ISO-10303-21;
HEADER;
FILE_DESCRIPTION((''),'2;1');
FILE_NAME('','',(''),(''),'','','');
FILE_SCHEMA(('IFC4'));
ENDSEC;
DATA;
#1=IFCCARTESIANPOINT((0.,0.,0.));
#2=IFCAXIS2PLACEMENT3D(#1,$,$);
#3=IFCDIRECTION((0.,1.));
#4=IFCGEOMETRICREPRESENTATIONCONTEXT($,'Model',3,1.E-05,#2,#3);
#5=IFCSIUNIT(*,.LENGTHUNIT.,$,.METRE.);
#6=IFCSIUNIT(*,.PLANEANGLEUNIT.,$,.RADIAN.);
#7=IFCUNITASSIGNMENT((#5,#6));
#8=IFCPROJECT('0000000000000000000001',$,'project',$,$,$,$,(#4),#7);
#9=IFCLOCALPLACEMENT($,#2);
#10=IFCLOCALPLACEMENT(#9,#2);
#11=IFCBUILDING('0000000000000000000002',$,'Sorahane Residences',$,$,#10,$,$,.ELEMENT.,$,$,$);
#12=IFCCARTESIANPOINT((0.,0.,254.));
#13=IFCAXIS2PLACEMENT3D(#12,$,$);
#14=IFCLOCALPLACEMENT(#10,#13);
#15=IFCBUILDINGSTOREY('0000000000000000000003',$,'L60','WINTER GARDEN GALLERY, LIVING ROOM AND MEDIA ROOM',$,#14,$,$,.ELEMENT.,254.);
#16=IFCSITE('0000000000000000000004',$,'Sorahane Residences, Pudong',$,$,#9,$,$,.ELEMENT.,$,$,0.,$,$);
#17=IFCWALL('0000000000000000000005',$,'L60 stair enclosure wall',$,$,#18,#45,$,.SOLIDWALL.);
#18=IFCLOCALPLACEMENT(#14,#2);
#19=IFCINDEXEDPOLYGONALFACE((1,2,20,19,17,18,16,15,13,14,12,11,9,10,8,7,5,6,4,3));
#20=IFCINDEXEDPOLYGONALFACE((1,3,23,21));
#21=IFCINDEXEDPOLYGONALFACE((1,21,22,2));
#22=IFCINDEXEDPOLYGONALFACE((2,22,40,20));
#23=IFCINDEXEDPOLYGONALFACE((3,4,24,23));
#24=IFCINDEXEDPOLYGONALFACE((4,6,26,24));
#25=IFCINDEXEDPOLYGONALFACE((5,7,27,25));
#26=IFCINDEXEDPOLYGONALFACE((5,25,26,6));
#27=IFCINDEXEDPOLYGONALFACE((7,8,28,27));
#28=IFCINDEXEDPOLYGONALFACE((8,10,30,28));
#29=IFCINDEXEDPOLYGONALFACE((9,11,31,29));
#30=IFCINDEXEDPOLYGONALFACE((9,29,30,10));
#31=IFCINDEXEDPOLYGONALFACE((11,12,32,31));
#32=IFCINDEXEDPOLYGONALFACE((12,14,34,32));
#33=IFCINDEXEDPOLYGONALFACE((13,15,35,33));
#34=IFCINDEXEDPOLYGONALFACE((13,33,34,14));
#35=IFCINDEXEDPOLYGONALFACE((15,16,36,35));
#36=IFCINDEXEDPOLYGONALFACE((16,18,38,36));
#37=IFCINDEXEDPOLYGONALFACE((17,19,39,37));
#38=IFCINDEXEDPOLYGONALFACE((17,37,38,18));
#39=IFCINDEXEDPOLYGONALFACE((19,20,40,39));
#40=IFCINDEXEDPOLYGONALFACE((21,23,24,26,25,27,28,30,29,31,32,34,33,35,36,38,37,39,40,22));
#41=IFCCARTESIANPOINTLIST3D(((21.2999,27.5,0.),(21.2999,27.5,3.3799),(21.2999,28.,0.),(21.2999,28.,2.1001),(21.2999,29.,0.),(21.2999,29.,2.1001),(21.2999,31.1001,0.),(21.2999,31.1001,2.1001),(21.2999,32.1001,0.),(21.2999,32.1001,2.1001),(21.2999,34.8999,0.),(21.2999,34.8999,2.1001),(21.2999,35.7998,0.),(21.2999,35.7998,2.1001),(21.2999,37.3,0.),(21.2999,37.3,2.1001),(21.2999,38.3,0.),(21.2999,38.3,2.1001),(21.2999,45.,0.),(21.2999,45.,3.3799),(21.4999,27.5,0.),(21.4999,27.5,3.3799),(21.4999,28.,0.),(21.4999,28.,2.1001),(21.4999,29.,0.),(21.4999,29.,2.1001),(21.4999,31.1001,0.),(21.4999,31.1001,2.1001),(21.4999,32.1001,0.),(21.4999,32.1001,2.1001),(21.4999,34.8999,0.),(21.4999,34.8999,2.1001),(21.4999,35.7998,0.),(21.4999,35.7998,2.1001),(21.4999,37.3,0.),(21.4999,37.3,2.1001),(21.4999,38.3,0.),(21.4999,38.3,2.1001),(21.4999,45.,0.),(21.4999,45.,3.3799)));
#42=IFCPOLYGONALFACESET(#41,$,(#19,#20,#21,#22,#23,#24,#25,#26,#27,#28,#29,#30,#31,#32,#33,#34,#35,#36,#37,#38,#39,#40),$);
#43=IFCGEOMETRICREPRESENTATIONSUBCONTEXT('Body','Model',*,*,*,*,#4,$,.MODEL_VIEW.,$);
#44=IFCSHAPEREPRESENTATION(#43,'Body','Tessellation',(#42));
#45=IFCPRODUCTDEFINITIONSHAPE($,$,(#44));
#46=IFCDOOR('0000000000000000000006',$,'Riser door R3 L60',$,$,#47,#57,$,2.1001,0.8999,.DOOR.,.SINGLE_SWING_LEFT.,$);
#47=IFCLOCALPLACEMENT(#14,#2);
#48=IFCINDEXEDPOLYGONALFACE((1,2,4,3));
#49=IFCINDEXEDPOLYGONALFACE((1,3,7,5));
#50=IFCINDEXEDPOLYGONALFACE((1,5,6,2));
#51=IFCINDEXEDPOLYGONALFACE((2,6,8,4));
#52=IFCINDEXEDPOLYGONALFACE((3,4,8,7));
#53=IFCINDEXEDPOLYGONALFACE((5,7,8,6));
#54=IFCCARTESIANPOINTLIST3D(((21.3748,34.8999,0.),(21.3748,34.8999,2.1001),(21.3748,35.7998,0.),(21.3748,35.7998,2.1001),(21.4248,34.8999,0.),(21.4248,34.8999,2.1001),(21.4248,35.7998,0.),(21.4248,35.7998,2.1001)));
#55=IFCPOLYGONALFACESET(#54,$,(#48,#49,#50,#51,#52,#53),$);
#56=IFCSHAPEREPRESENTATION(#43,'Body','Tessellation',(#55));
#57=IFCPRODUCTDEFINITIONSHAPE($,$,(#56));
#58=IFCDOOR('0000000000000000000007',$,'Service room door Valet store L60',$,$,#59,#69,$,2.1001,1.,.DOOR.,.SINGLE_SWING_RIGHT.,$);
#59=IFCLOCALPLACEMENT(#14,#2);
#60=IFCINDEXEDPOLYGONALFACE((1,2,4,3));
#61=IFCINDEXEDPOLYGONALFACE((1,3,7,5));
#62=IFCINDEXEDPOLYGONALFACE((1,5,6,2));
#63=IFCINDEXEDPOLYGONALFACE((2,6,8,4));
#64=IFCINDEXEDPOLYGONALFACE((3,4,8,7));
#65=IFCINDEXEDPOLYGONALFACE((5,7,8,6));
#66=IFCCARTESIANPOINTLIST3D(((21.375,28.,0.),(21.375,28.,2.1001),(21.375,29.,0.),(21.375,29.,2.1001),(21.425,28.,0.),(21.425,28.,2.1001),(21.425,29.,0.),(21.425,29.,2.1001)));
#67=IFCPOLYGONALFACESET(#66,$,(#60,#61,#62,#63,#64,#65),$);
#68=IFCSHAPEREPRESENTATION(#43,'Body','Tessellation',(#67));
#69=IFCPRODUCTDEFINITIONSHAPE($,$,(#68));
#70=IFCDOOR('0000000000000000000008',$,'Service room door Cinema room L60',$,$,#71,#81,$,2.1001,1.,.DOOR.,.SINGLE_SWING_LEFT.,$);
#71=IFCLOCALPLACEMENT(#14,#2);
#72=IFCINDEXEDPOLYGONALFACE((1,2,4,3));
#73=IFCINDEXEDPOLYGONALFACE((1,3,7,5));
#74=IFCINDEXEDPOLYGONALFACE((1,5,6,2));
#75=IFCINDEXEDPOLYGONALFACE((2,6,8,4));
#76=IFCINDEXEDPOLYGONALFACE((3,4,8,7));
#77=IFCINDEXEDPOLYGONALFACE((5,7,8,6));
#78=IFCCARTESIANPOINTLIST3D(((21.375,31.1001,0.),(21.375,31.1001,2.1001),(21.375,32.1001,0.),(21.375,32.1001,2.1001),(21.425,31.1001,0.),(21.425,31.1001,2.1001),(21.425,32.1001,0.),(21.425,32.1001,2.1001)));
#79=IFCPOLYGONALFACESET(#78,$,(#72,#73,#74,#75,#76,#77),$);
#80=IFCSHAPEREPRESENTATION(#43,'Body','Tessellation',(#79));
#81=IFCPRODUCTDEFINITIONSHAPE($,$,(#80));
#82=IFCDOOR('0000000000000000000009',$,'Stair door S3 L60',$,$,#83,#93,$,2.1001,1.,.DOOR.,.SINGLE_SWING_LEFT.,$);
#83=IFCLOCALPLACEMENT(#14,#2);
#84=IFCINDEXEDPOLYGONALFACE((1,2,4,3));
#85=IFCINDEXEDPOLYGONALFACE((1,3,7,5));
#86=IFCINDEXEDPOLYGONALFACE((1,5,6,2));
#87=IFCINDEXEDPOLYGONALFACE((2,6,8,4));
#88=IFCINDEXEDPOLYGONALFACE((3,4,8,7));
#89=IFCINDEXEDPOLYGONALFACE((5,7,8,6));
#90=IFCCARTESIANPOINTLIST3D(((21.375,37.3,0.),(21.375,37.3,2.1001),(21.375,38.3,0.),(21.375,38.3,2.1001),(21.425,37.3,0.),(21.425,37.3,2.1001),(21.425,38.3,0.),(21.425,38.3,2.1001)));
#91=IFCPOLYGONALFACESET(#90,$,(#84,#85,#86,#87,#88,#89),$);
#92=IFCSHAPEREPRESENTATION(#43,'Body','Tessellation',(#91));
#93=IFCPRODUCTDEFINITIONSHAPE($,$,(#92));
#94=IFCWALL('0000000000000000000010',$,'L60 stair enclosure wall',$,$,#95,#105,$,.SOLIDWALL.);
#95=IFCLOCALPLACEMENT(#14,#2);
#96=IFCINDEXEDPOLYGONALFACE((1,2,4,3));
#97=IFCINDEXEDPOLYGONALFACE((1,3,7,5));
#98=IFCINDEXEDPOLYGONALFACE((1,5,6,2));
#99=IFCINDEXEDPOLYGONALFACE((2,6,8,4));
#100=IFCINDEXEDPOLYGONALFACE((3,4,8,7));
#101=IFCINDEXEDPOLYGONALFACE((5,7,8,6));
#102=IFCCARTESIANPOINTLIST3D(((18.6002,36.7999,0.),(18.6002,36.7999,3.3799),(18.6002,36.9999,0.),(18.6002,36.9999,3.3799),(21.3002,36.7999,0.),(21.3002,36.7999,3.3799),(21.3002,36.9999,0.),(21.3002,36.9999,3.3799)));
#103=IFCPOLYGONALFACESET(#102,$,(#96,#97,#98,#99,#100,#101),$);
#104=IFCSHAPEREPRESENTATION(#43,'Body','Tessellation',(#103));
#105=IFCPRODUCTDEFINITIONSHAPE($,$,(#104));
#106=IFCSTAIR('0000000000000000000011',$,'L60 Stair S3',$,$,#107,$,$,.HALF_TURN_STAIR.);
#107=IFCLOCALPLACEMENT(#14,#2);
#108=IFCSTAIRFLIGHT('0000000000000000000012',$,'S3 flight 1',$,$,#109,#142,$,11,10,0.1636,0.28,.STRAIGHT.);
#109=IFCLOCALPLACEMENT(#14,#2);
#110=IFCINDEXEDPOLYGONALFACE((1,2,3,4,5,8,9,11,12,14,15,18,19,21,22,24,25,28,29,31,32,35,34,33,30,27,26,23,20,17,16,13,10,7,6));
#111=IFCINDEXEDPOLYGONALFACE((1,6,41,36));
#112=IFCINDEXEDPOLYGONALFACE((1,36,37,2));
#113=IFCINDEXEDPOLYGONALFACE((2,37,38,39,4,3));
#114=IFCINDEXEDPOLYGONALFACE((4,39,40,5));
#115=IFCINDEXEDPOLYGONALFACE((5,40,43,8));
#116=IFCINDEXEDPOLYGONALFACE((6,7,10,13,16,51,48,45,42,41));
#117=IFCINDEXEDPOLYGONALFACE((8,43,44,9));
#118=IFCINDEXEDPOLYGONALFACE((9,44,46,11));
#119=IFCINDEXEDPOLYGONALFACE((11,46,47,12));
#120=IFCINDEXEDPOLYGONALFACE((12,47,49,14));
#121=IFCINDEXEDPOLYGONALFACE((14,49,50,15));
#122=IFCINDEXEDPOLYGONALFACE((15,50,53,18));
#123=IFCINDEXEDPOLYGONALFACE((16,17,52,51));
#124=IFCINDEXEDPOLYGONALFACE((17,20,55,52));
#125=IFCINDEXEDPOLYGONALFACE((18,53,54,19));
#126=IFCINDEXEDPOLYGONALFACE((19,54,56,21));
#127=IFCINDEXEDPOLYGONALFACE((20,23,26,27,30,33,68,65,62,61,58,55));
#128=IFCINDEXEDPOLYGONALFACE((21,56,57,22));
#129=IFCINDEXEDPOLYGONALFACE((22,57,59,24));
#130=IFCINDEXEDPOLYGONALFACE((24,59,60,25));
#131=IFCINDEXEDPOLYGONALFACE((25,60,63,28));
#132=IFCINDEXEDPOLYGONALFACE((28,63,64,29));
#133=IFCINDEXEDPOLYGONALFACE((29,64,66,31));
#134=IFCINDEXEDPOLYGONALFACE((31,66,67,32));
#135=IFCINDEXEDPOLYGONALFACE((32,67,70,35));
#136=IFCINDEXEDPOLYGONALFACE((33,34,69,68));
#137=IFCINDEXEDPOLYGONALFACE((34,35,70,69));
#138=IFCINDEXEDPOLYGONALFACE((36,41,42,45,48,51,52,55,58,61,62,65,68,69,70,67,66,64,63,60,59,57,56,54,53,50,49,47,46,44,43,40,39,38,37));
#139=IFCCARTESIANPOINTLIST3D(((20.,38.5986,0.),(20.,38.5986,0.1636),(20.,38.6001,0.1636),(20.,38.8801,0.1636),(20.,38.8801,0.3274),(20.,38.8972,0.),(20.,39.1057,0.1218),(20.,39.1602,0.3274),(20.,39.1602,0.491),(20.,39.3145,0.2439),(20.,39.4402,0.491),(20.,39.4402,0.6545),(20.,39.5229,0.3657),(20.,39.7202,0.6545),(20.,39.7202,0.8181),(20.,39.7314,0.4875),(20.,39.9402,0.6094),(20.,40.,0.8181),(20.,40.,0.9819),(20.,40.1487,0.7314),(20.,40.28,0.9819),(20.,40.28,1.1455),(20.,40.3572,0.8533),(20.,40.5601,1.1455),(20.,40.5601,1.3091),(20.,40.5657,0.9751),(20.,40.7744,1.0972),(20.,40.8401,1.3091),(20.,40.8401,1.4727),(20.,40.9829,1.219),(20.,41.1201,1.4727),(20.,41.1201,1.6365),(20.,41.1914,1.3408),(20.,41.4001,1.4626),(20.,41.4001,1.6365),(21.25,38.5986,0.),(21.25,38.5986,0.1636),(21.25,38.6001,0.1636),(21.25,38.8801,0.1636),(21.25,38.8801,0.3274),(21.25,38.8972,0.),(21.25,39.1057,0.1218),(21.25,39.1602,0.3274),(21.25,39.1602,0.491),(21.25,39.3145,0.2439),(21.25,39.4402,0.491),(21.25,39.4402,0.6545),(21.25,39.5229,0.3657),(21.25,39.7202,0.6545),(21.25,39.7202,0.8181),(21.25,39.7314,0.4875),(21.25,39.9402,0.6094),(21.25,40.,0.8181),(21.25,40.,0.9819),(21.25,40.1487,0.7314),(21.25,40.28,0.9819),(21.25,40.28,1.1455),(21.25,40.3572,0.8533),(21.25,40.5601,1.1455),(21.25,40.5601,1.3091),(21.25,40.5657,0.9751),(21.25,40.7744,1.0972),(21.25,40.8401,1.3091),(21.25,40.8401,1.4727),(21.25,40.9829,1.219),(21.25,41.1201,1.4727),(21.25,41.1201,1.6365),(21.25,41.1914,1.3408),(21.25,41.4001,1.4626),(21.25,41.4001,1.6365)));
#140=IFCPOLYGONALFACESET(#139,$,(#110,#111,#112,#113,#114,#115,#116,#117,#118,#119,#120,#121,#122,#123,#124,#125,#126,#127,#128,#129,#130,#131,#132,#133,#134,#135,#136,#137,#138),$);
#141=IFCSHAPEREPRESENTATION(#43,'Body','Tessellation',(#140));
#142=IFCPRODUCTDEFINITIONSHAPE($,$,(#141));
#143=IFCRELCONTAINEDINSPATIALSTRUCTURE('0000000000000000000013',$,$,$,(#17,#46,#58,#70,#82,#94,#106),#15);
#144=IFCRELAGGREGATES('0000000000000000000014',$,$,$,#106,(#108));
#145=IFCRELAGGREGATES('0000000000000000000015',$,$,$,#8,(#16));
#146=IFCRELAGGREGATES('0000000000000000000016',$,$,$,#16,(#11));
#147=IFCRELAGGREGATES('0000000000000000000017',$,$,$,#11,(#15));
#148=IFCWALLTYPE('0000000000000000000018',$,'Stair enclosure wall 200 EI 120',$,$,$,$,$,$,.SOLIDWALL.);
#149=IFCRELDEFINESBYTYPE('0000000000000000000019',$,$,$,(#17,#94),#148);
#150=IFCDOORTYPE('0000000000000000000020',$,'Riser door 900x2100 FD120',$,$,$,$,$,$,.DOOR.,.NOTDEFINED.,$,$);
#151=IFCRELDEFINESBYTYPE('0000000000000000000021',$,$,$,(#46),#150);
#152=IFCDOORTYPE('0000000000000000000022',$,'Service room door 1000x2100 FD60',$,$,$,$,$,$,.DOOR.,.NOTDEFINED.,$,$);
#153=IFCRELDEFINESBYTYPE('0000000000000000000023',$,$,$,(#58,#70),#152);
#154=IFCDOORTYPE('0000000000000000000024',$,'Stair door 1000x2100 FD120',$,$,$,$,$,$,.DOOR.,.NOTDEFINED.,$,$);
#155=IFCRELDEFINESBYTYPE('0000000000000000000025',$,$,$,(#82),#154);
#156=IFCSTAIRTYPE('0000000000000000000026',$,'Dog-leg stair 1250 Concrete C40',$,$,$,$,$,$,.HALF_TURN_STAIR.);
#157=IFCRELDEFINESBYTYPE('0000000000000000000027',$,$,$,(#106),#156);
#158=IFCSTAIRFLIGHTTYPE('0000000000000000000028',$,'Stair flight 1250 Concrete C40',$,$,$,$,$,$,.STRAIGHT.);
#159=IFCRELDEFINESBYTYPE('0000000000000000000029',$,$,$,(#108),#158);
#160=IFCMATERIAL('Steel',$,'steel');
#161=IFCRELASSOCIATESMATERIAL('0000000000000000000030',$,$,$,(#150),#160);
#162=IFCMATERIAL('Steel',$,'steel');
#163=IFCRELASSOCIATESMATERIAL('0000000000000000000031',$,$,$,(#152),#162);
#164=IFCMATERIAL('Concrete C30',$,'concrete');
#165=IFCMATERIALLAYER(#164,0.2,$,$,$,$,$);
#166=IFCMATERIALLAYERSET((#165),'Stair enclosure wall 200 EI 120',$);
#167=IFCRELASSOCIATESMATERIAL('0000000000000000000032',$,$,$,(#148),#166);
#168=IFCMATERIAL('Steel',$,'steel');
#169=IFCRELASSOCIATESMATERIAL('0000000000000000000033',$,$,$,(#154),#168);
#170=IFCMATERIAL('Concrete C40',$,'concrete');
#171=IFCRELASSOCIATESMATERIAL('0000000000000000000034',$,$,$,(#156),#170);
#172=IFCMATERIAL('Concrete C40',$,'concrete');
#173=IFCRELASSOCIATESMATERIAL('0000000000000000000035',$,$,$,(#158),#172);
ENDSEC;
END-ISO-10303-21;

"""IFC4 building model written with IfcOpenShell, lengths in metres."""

from ifc_helpers import new_model, si_unit, direction, frame, frame_2d, origin, place, context, subcontext, project, spatial, polyline, rectangle, outline, extrude, material, layer, layer_set, type_object, element, fill, aggregate, save


model = new_model("IFC4")

# Units and contexts
model_context = context("Model", 3, precision=1e-05, world=origin(), true_north=direction((0.0, 1.0)))
body_context = subcontext(model_context, "Body", "Model", "MODEL_VIEW")
ifc_project = project(units=[si_unit("LENGTHUNIT", "METRE"), si_unit("PLANEANGLEUNIT", "RADIAN")], contexts=[model_context])

# Site, building, storey
site_placement = place(None, origin())
site = spatial("IfcSite", under=ifc_project, at=site_placement, Name="Sorahane Residences, Pudong", CompositionType="ELEMENT", RefElevation=0.0)
building_placement = place(site_placement, origin())
building = spatial("IfcBuilding", under=site, at=building_placement, Name="Sorahane Residences", CompositionType="ELEMENT")
storey_placement = place(building_placement, frame((0.0, 0.0, 254.0)))
storey = spatial("IfcBuildingStorey", under=building, at=storey_placement, Name="L60", Description="WINTER GARDEN GALLERY, LIVING ROOM AND MEDIA ROOM", CompositionType="ELEMENT", Elevation=254.0)

# Shared definitions
ifc_material_1 = material(Name="Steel", Category="steel")
door_type_1 = type_object("IfcDoorType", Name="Riser door 900x2100 FD120", OperationType="NOTDEFINED", PredefinedType="DOOR", material=ifc_material_1)
ifc_material_2 = material(Name="Steel", Category="steel")
door_type_2 = type_object("IfcDoorType", Name="Service room door 1000x2100 FD60", OperationType="NOTDEFINED", PredefinedType="DOOR", material=ifc_material_2)

# Wall, openings, doors
ifc_material_3 = material(Name="Concrete C30", Category="concrete")
ifc_layer_1 = layer(ifc_material_3, 0.2)
ifc_layer_set_1 = layer_set([ifc_layer_1], Name="Stair enclosure wall 200 EI 120")
wall_type_1 = type_object("IfcWallType", Name="Stair enclosure wall 200 EI 120", PredefinedType="SOLIDWALL", material=ifc_layer_set_1)
wall_1_placement = place(storey_placement, frame((21.3999, 27.5, 0.0), z_axis=(0.0, 0.0, 1.0), x_axis=(0.0, 1.0, 0.0)))
wall_1 = element("IfcWall", 1, at=wall_1_placement, inside=storey, type_object=wall_type_1, Name="L60 stair enclosure wall", PredefinedType="SOLIDWALL", context=body_context, shape_type="SweptSolid", body=[
    extrude(rectangle(XDim=17.5, YDim=0.2, at=frame_2d((8.75, 0.0))), origin(), (0.0, 0.0, 1.0), 3.3799),
])
opening_1_placement = place(wall_1_placement, frame((0.5, 0.0, 0.0)))
opening_1 = element("IfcOpeningElement", 2, at=opening_1_placement, cuts=wall_1, PredefinedType="OPENING", context=body_context, shape_type="SweptSolid", body=[
    extrude(rectangle(XDim=1.0, YDim=2.1001, at=frame_2d((0.5, 1.05))), frame((0.0, 0.1099, 0.0), z_axis=(0.0, -1.0, 0.0), x_axis=(1.0, 0.0, 0.0)), (0.0, 0.0, 1.0), 0.22),
])
opening_2_placement = place(wall_1_placement, frame((3.6001, 0.0, 0.0)))
opening_2 = element("IfcOpeningElement", 3, at=opening_2_placement, cuts=wall_1, PredefinedType="OPENING", context=body_context, shape_type="SweptSolid", body=[
    extrude(rectangle(XDim=1.0, YDim=2.1001, at=frame_2d((0.5, 1.05))), frame((0.0, 0.1099, 0.0), z_axis=(0.0, -1.0, 0.0), x_axis=(1.0, 0.0, 0.0)), (0.0, 0.0, 1.0), 0.22),
])
opening_3_placement = place(wall_1_placement, frame((9.8, 0.0, 0.0)))
opening_3 = element("IfcOpeningElement", 4, at=opening_3_placement, cuts=wall_1, PredefinedType="OPENING", context=body_context, shape_type="SweptSolid", body=[
    extrude(rectangle(XDim=1.0, YDim=2.1001, at=frame_2d((0.5, 1.05))), frame((0.0, 0.1099, 0.0), z_axis=(0.0, -1.0, 0.0), x_axis=(1.0, 0.0, 0.0)), (0.0, 0.0, 1.0), 0.22),
])
opening_4_placement = place(wall_1_placement, frame((7.3999, 0.0, 0.0)))
opening_4 = element("IfcOpeningElement", 5, at=opening_4_placement, cuts=wall_1, PredefinedType="OPENING", context=body_context, shape_type="SweptSolid", body=[
    extrude(rectangle(XDim=0.8999, YDim=2.1001, at=frame_2d((0.45, 1.05))), frame((0.0, 0.1099, 0.0), z_axis=(0.0, -1.0, 0.0), x_axis=(1.0, 0.0, 0.0)), (0.0, 0.0, 1.0), 0.22),
])
door_1_placement = place(opening_4_placement, frame((0.8999, 0.0, 0.0), z_axis=(0.0, 0.0, 1.0), x_axis=(-1.0, 0.0, 0.0)))
door_1 = element("IfcDoor", 6, at=door_1_placement, inside=storey, type_object=door_type_1, Name="Riser door R3 L60", OperationType="SINGLE_SWING_LEFT", OverallHeight=2.1001, OverallWidth=0.8999, PredefinedType="DOOR", context=body_context, shape_type="SweptSolid", body=[
    extrude(rectangle(XDim=0.8999, YDim=2.1001, at=frame_2d((0.45, 1.05))), frame((0.0, 0.0249, 0.0), z_axis=(0.0, -1.0, 0.0), x_axis=(1.0, 0.0, 0.0)), (0.0, 0.0, 1.0), 0.05),
])
fill(opening_4, door_1)
door_2_placement = place(opening_1_placement, origin())
door_2 = element("IfcDoor", 7, at=door_2_placement, inside=storey, type_object=door_type_2, Name="Service room door Valet store L60", OperationType="SINGLE_SWING_RIGHT", OverallHeight=2.1001, OverallWidth=1.0, PredefinedType="DOOR", context=body_context, shape_type="SweptSolid", body=[
    extrude(rectangle(XDim=1.0, YDim=2.1001, at=frame_2d((0.5, 1.05))), frame((0.0, 0.0249, 0.0), z_axis=(0.0, -1.0, 0.0), x_axis=(1.0, 0.0, 0.0)), (0.0, 0.0, 1.0), 0.05),
])
fill(opening_1, door_2)
door_3_placement = place(opening_2_placement, origin())
door_3 = element("IfcDoor", 8, at=door_3_placement, inside=storey, type_object=door_type_2, Name="Service room door Cinema room L60", OperationType="SINGLE_SWING_LEFT", OverallHeight=2.1001, OverallWidth=1.0, PredefinedType="DOOR", context=body_context, shape_type="SweptSolid", body=[
    extrude(rectangle(XDim=1.0, YDim=2.1001, at=frame_2d((0.5, 1.05))), frame((0.0, 0.0249, 0.0), z_axis=(0.0, -1.0, 0.0), x_axis=(1.0, 0.0, 0.0)), (0.0, 0.0, 1.0), 0.05),
])
fill(opening_2, door_3)
ifc_material_4 = material(Name="Steel", Category="steel")
door_type_3 = type_object("IfcDoorType", Name="Stair door 1000x2100 FD120", OperationType="NOTDEFINED", PredefinedType="DOOR", material=ifc_material_4)
door_4_placement = place(opening_3_placement, origin())
door_4 = element("IfcDoor", 9, at=door_4_placement, inside=storey, type_object=door_type_3, Name="Stair door S3 L60", OperationType="SINGLE_SWING_LEFT", OverallHeight=2.1001, OverallWidth=1.0, PredefinedType="DOOR", context=body_context, shape_type="SweptSolid", body=[
    extrude(rectangle(XDim=1.0, YDim=2.1001, at=frame_2d((0.5, 1.05))), frame((0.0, 0.0249, 0.0), z_axis=(0.0, -1.0, 0.0), x_axis=(1.0, 0.0, 0.0)), (0.0, 0.0, 1.0), 0.05),
])
fill(opening_3, door_4)

# Wall
wall_2_placement = place(storey_placement, frame((18.6001, 36.8999, 0.0), z_axis=(0.0, 0.0, 1.0), x_axis=(1.0, 0.0, 0.0)))
element("IfcWall", 10, at=wall_2_placement, inside=storey, type_object=wall_type_1, Name="L60 stair enclosure wall", PredefinedType="SOLIDWALL", context=body_context, shape_type="SweptSolid", body=[
    extrude(rectangle(XDim=2.7, YDim=0.2, at=frame_2d((1.3501, 0.0))), origin(), (0.0, 0.0, 1.0), 3.3799),
])

# Stair, stair flight
ifc_material_5 = material(Name="Concrete C40", Category="concrete")
stair_type = type_object("IfcStairType", Name="Dog-leg stair 1250 Concrete C40", PredefinedType="HALF_TURN_STAIR", material=ifc_material_5)
stair_placement = place(storey_placement, origin())
stair = element("IfcStair", 11, at=stair_placement, inside=storey, type_object=stair_type, Name="L60 Stair S3", PredefinedType="HALF_TURN_STAIR")
ifc_material_6 = material(Name="Concrete C40", Category="concrete")
stair_flight_type = type_object("IfcStairFlightType", Name="Stair flight 1250 Concrete C40", PredefinedType="STRAIGHT", material=ifc_material_6)
stair_flight_placement = place(storey_placement, frame((20.625, 38.6001, 0.0), z_axis=(0.0, 0.0, 1.0), x_axis=(0.0, 1.0, 0.0)))
stair_flight = element("IfcStairFlight", 12, at=stair_flight_placement, type_object=stair_flight_type, Name="S3 flight 1", NumberOfRisers=11, NumberOfTreads=10, PredefinedType="STRAIGHT", RiserHeight=0.1636, TreadLength=0.28, context=body_context, shape_type="SweptSolid", body=[
    extrude(outline(polyline([(-0.0015, 0.0), (-0.0015, 0.1636), (0.0, 0.1636), (0.28, 0.1636), (0.28, 0.3274), (0.5601, 0.3274), (0.5601, 0.491), (0.8401, 0.491), (0.8401, 0.6545), (1.1201, 0.6545), (1.1201, 0.8181), (1.3999, 0.8181), (1.3999, 0.9819), (1.6799, 0.9819), (1.6799, 1.1455), (1.96, 1.1455), (1.96, 1.3091), (2.24, 1.3091), (2.24, 1.4727), (2.52, 1.4727), (2.52, 1.6365), (2.8, 1.6365), (2.8, 1.8), (2.8, 1.4626), (2.5913, 1.3408), (2.3828, 1.219), (2.1743, 1.0972), (1.9656, 0.9751), (1.7571, 0.8533), (1.5486, 0.7314), (1.3401, 0.6094), (1.1313, 0.4875), (0.9229, 0.3657), (0.7144, 0.2439), (0.5056, 0.1218), (0.2971, 0.0), (-0.0015, 0.0)])), frame((0.0, 0.625, 0.0), z_axis=(0.0, -1.0, 0.0), x_axis=(1.0, 0.0, 0.0)), (0.0, 0.0, 1.0), 1.25),
])
aggregate(stair, [stair_flight])

save(model, "model.ifc")
